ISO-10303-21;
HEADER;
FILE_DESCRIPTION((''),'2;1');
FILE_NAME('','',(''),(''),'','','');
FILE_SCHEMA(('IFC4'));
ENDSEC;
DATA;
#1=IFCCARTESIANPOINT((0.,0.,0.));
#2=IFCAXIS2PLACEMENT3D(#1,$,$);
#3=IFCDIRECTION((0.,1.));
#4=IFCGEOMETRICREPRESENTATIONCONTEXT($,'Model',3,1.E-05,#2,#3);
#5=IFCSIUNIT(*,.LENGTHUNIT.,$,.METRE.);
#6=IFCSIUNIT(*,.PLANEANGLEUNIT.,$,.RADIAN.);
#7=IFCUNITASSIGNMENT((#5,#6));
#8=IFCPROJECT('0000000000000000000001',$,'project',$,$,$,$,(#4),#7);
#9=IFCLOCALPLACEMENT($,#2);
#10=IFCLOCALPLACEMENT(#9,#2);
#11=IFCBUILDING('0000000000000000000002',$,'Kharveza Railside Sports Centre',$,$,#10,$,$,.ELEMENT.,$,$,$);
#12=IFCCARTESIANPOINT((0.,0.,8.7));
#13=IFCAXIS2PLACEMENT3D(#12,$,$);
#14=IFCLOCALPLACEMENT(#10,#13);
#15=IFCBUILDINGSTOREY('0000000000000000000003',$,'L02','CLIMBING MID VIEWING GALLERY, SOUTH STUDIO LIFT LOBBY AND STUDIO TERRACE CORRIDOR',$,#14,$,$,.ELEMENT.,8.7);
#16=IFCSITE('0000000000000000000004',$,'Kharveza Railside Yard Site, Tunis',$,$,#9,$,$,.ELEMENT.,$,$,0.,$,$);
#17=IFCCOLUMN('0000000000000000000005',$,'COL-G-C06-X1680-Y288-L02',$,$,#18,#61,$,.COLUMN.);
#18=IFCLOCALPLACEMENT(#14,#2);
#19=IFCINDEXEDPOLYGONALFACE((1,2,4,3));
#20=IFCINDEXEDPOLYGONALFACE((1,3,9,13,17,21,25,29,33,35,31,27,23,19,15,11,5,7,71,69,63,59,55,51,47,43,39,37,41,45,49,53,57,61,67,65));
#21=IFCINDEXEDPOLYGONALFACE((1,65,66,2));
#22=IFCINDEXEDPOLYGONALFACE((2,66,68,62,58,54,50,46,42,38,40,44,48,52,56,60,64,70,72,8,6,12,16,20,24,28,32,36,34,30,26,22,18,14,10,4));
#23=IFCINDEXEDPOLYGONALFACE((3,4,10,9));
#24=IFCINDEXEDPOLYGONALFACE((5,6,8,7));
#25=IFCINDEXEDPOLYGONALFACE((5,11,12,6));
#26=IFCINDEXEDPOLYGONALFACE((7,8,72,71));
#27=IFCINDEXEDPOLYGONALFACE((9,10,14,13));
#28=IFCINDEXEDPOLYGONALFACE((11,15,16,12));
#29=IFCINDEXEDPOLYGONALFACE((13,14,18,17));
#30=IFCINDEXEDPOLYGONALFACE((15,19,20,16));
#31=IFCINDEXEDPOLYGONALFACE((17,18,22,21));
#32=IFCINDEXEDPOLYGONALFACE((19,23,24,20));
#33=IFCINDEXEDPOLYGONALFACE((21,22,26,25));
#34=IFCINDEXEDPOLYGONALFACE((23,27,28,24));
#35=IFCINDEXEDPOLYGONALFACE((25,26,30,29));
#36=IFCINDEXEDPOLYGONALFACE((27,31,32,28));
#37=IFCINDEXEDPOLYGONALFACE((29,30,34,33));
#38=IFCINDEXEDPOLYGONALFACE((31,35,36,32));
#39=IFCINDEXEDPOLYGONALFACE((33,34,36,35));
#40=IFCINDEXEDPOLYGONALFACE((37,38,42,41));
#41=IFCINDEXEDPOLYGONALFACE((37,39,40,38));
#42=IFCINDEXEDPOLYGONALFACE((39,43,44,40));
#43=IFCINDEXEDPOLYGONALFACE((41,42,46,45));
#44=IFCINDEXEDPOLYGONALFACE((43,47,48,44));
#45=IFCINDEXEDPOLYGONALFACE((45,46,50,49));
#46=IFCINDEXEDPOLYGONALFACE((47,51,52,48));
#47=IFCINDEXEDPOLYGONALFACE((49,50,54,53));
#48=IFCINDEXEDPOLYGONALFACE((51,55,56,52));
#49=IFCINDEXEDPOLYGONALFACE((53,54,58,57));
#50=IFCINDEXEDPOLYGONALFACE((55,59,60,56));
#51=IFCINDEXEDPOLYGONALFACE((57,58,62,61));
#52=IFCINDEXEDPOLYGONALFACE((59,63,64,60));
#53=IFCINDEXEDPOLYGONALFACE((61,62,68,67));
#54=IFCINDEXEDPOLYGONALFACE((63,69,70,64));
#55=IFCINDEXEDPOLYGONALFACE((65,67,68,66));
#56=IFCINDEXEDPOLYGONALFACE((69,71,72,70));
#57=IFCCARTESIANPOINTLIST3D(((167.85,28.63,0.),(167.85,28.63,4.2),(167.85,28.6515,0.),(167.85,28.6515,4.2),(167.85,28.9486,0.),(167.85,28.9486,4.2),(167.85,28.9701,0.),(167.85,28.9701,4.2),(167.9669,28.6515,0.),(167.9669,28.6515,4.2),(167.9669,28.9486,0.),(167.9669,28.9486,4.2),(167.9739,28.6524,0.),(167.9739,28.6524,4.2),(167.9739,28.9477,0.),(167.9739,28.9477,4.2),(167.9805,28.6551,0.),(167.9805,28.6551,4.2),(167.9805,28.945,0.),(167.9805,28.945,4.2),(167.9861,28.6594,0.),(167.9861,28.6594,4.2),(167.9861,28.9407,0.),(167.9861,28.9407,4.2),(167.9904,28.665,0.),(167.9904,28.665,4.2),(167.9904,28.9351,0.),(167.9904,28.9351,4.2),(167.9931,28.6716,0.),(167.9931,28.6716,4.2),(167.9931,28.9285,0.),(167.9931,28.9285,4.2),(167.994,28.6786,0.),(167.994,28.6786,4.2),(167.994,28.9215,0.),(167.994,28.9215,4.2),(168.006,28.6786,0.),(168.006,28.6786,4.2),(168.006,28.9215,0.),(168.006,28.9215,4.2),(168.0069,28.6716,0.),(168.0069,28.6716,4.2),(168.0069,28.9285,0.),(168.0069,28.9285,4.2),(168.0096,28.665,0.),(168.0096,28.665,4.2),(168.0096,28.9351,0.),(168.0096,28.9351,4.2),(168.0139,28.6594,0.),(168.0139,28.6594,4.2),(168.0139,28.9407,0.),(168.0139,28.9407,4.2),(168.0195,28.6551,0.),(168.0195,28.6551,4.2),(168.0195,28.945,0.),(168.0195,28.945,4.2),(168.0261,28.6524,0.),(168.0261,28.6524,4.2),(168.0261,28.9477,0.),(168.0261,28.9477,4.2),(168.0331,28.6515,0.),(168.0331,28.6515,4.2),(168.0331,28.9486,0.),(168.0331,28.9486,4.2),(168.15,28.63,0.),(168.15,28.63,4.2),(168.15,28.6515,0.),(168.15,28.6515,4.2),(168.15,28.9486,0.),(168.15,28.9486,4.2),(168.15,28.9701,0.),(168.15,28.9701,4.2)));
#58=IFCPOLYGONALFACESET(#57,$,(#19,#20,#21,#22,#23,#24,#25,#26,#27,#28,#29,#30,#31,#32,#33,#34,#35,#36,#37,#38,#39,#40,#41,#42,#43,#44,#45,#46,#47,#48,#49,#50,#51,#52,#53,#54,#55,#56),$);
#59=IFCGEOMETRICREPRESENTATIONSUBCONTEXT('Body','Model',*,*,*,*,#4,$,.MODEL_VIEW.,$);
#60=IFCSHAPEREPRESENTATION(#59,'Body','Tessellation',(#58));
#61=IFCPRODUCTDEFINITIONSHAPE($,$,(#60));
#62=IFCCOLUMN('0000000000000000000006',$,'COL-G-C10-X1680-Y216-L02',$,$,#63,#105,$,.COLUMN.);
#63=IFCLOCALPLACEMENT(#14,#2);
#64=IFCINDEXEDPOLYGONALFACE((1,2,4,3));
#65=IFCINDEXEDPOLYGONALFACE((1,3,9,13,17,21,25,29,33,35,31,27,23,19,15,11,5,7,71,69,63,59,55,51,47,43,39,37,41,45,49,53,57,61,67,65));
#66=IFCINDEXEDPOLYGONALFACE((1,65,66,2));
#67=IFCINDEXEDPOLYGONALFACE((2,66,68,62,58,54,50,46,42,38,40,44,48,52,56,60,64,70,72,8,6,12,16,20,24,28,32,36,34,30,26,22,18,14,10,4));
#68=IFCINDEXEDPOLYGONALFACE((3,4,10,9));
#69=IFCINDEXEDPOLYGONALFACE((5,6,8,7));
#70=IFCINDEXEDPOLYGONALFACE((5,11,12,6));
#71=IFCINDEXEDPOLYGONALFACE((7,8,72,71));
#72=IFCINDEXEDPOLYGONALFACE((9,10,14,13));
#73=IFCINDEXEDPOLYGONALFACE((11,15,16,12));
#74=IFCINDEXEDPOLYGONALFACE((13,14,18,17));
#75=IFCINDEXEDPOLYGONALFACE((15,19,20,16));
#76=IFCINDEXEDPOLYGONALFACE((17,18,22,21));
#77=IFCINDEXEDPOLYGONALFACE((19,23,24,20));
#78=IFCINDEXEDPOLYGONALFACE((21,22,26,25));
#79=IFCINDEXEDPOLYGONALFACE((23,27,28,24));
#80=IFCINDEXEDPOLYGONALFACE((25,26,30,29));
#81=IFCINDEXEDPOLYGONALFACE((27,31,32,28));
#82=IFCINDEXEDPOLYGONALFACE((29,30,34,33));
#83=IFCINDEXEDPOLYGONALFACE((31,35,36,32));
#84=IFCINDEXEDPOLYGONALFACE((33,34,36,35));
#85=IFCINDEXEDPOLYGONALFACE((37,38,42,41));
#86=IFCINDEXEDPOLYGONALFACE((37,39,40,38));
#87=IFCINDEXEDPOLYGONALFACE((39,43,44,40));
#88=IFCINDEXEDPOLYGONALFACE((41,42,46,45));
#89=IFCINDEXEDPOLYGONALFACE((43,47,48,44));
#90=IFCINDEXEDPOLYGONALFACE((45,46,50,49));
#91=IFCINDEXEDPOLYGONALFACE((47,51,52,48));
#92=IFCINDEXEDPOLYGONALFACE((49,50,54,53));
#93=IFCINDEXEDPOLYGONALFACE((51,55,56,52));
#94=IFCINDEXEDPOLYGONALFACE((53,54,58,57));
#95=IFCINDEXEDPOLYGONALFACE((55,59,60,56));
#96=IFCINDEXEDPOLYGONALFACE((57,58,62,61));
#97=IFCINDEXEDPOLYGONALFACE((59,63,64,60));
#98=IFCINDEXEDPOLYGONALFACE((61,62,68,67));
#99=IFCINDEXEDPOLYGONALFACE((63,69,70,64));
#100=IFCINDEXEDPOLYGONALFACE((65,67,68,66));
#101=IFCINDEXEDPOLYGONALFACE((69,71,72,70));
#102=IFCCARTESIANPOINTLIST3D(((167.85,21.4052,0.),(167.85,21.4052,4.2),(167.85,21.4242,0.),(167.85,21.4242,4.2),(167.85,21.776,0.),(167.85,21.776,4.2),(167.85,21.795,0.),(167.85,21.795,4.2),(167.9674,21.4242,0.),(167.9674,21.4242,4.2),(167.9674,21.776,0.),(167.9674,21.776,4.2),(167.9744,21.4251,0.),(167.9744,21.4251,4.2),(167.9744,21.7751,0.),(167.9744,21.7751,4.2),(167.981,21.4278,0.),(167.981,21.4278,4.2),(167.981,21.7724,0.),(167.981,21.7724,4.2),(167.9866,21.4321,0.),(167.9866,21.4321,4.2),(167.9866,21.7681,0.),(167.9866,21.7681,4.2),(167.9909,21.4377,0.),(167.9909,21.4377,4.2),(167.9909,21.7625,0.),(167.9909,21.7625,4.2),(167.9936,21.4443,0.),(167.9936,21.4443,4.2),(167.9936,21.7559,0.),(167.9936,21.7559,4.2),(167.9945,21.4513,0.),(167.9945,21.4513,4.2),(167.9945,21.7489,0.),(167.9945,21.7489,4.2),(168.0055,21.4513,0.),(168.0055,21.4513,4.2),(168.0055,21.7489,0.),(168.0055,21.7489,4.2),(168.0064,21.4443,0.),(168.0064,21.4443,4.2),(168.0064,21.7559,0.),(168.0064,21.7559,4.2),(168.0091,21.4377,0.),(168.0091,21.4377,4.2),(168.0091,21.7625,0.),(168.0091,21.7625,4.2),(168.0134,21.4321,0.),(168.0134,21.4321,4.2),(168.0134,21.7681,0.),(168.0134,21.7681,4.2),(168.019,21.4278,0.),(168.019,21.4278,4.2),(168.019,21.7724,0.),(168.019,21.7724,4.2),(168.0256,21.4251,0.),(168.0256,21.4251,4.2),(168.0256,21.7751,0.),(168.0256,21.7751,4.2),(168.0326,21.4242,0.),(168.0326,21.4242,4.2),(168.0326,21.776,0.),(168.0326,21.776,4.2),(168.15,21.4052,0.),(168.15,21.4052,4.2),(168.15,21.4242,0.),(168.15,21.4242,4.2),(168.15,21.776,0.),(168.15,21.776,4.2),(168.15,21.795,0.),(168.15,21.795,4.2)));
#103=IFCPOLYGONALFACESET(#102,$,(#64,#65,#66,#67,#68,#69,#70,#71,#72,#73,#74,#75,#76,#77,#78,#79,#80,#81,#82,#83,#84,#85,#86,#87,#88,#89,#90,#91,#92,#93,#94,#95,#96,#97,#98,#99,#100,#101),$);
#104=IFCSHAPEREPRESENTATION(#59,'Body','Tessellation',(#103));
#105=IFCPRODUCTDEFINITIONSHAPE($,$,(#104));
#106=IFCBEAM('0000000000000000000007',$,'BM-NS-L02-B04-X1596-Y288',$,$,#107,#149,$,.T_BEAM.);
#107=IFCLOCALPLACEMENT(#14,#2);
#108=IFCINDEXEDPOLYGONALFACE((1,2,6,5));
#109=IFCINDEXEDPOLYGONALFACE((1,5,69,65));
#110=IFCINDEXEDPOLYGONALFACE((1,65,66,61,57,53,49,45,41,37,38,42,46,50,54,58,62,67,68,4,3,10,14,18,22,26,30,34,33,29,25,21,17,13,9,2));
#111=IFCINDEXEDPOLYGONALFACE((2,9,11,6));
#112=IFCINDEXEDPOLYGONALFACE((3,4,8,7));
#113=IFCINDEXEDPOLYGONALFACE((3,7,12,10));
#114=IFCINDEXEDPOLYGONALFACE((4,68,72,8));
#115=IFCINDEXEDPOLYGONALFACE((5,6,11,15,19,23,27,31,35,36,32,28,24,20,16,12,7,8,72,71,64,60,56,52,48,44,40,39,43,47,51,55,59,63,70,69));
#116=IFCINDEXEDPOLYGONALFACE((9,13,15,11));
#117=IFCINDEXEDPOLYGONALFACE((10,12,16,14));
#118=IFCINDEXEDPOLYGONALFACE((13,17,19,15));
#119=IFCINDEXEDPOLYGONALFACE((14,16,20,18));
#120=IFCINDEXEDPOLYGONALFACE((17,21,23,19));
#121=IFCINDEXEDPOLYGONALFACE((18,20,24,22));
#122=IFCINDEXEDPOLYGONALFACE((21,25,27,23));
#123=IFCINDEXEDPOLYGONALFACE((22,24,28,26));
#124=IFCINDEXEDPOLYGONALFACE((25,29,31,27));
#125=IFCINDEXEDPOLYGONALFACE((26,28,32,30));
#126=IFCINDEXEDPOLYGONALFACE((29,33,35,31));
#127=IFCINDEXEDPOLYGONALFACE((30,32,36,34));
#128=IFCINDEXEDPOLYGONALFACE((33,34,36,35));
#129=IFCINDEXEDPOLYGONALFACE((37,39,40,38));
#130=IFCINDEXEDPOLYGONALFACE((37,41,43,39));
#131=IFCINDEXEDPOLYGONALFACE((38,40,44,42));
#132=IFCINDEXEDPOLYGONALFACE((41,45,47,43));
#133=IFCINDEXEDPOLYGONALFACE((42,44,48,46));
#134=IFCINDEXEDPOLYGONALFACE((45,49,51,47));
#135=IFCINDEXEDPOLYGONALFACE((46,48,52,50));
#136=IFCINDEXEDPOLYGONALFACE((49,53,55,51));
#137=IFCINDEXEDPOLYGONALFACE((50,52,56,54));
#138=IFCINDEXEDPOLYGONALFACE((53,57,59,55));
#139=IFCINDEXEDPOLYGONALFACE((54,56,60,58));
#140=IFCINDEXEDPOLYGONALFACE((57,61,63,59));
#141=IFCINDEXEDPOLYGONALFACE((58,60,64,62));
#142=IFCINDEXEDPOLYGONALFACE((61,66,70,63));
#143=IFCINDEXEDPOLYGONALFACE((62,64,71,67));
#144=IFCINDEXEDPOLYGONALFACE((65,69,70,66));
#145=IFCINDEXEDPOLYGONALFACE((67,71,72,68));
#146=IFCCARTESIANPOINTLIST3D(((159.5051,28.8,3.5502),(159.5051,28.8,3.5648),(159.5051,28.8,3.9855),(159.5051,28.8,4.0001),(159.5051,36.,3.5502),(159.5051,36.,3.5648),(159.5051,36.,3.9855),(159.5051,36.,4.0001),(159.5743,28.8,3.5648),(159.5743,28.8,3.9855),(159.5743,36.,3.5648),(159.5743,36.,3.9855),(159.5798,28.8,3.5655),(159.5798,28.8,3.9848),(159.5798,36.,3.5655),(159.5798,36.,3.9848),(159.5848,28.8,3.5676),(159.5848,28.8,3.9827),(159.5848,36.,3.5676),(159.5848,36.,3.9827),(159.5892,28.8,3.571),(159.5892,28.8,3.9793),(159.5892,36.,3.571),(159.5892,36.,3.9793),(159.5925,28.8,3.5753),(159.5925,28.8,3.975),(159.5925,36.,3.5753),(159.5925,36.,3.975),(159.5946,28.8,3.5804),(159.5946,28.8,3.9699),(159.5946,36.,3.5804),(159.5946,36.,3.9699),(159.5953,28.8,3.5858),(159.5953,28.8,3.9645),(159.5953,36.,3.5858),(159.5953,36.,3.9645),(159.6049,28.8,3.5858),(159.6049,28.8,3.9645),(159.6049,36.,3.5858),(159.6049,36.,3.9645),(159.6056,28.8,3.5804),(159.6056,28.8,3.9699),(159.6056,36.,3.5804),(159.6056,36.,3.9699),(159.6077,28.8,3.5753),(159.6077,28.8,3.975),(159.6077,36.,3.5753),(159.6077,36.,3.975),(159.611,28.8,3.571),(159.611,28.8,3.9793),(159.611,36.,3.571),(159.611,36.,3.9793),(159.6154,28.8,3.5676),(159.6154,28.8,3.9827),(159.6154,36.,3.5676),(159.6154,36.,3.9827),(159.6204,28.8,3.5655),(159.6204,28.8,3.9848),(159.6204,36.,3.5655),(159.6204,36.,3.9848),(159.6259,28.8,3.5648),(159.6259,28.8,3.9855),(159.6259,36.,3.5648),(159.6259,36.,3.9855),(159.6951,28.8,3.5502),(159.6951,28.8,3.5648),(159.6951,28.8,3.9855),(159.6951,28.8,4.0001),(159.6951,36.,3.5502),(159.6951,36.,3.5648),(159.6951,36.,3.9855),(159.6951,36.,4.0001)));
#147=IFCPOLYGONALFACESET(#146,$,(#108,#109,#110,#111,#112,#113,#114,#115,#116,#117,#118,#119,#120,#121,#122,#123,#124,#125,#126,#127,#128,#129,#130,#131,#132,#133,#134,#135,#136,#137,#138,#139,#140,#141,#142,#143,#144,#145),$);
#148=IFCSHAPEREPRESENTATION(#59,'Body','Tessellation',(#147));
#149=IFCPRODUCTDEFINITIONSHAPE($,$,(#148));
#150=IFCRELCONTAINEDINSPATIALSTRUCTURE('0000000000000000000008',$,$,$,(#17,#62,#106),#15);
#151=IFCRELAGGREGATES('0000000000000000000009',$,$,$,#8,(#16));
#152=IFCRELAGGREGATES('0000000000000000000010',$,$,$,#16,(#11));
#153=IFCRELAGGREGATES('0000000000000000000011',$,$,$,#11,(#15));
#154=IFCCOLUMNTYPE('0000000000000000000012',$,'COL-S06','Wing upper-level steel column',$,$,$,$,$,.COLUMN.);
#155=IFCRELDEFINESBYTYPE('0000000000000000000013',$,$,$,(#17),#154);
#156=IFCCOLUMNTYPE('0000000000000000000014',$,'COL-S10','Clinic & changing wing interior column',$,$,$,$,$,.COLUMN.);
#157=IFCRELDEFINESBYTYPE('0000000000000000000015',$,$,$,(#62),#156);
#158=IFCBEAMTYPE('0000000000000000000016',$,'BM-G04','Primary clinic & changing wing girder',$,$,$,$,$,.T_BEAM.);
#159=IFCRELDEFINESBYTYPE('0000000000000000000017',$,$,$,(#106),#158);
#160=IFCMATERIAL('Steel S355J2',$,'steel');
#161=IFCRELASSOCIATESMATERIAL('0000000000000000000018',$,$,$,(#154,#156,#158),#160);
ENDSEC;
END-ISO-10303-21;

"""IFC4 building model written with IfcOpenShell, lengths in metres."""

from ifc_helpers import new_model, si_unit, direction, frame, origin, origin_2d, place, context, subcontext, project, spatial, i_section, extrude, material, material_profile, profile_set, type_object, element, save


model = new_model("IFC4")

# Units and contexts
model_context = context("Model", 3, precision=1e-05, world=origin(), true_north=direction((0.0, 1.0)))
body_context = subcontext(model_context, "Body", "Model", "MODEL_VIEW")
ifc_project = project(units=[si_unit("LENGTHUNIT", "METRE"), si_unit("PLANEANGLEUNIT", "RADIAN")], contexts=[model_context])

# Site, building, storey
site_placement = place(None, origin())
site = spatial("IfcSite", under=ifc_project, at=site_placement, Name="Kharveza Railside Yard Site, Tunis", CompositionType="ELEMENT", RefElevation=0.0)
building_placement = place(site_placement, origin())
building = spatial("IfcBuilding", under=site, at=building_placement, Name="Kharveza Railside Sports Centre", CompositionType="ELEMENT")
storey_placement = place(building_placement, frame((0.0, 0.0, 8.7)))
storey = spatial("IfcBuildingStorey", under=building, at=storey_placement, Name="L02", Description="CLIMBING MID VIEWING GALLERY, SOUTH STUDIO LIFT LOBBY AND STUDIO TERRACE CORRIDOR", CompositionType="ELEMENT", Elevation=8.7)

# Columns
ifc_material_1 = material(Name="Steel S355J2", Category="steel")
ifc_material_profile_1 = material_profile(ifc_material_1, i_section(OverallWidth=0.3, OverallDepth=0.3401, WebThickness=0.012, FlangeThickness=0.0215, FilletRadius=0.0271, at=origin_2d()), Name="HEB 340")
ifc_profile_set_1 = profile_set([ifc_material_profile_1], Name="Steel S355J2")
column_type_1 = type_object("IfcColumnType", Name="COL-S06", Description="Wing upper-level steel column", PredefinedType="COLUMN", material=ifc_profile_set_1)
column_1_placement = place(storey_placement, frame((168.0, 28.8, 0.0), z_axis=(0.0, 0.0, 1.0), x_axis=(1.0, 0.0, 0.0)))
element("IfcColumn", 1, at=column_1_placement, inside=storey, type_object=column_type_1, Name="COL-G-C06-X1680-Y288-L02", PredefinedType="COLUMN", context=body_context, shape_type="SweptSolid", body=[
    extrude(i_section(OverallWidth=0.3, OverallDepth=0.3401, WebThickness=0.012, FlangeThickness=0.0215, FilletRadius=0.0271, at=origin_2d()), origin(), (0.0, 0.0, 1.0), 4.2),
])
ifc_material_profile_2 = material_profile(ifc_material_1, i_section(OverallWidth=0.3, OverallDepth=0.3899, WebThickness=0.011, FlangeThickness=0.019, FilletRadius=0.0271, at=origin_2d()), Name="HEA 400")
ifc_profile_set_2 = profile_set([ifc_material_profile_2], Name="Steel S355J2")
column_type_2 = type_object("IfcColumnType", Name="COL-S10", Description="Clinic & changing wing interior column", PredefinedType="COLUMN", material=ifc_profile_set_2)
column_2_placement = place(storey_placement, frame((168.0, 21.6001, 0.0), z_axis=(0.0, 0.0, 1.0), x_axis=(1.0, 0.0, 0.0)))
element("IfcColumn", 2, at=column_2_placement, inside=storey, type_object=column_type_2, Name="COL-G-C10-X1680-Y216-L02", PredefinedType="COLUMN", context=body_context, shape_type="SweptSolid", body=[
    extrude(i_section(OverallWidth=0.3, OverallDepth=0.3899, WebThickness=0.011, FlangeThickness=0.019, FilletRadius=0.0271, at=origin_2d()), origin(), (0.0, 0.0, 1.0), 4.2),
])

# Beam
ifc_material_profile_3 = material_profile(ifc_material_1, i_section(OverallWidth=0.1899, OverallDepth=0.45, WebThickness=0.0095, FlangeThickness=0.0146, FilletRadius=0.021, at=origin_2d()), Name="IPE 450")
ifc_profile_set_3 = profile_set([ifc_material_profile_3], Name="Steel S355J2")
beam_type_1 = type_object("IfcBeamType", Name="BM-G04", Description="Primary clinic & changing wing girder", PredefinedType="T_BEAM", material=ifc_profile_set_3)
beam_1_placement = place(storey_placement, frame((159.6001, 28.8, 3.7751), z_axis=(0.0, 1.0, 0.0), x_axis=(-1.0, 0.0, 0.0)))
element("IfcBeam", 3, at=beam_1_placement, inside=storey, type_object=beam_type_1, Name="BM-NS-L02-B04-X1596-Y288", PredefinedType="T_BEAM", context=body_context, shape_type="SweptSolid", body=[
    extrude(i_section(OverallWidth=0.1899, OverallDepth=0.45, WebThickness=0.0095, FlangeThickness=0.0146, FilletRadius=0.021, at=origin_2d()), origin(), (0.0, 0.0, 1.0), 7.2),
])

save(model, "model.ifc")
